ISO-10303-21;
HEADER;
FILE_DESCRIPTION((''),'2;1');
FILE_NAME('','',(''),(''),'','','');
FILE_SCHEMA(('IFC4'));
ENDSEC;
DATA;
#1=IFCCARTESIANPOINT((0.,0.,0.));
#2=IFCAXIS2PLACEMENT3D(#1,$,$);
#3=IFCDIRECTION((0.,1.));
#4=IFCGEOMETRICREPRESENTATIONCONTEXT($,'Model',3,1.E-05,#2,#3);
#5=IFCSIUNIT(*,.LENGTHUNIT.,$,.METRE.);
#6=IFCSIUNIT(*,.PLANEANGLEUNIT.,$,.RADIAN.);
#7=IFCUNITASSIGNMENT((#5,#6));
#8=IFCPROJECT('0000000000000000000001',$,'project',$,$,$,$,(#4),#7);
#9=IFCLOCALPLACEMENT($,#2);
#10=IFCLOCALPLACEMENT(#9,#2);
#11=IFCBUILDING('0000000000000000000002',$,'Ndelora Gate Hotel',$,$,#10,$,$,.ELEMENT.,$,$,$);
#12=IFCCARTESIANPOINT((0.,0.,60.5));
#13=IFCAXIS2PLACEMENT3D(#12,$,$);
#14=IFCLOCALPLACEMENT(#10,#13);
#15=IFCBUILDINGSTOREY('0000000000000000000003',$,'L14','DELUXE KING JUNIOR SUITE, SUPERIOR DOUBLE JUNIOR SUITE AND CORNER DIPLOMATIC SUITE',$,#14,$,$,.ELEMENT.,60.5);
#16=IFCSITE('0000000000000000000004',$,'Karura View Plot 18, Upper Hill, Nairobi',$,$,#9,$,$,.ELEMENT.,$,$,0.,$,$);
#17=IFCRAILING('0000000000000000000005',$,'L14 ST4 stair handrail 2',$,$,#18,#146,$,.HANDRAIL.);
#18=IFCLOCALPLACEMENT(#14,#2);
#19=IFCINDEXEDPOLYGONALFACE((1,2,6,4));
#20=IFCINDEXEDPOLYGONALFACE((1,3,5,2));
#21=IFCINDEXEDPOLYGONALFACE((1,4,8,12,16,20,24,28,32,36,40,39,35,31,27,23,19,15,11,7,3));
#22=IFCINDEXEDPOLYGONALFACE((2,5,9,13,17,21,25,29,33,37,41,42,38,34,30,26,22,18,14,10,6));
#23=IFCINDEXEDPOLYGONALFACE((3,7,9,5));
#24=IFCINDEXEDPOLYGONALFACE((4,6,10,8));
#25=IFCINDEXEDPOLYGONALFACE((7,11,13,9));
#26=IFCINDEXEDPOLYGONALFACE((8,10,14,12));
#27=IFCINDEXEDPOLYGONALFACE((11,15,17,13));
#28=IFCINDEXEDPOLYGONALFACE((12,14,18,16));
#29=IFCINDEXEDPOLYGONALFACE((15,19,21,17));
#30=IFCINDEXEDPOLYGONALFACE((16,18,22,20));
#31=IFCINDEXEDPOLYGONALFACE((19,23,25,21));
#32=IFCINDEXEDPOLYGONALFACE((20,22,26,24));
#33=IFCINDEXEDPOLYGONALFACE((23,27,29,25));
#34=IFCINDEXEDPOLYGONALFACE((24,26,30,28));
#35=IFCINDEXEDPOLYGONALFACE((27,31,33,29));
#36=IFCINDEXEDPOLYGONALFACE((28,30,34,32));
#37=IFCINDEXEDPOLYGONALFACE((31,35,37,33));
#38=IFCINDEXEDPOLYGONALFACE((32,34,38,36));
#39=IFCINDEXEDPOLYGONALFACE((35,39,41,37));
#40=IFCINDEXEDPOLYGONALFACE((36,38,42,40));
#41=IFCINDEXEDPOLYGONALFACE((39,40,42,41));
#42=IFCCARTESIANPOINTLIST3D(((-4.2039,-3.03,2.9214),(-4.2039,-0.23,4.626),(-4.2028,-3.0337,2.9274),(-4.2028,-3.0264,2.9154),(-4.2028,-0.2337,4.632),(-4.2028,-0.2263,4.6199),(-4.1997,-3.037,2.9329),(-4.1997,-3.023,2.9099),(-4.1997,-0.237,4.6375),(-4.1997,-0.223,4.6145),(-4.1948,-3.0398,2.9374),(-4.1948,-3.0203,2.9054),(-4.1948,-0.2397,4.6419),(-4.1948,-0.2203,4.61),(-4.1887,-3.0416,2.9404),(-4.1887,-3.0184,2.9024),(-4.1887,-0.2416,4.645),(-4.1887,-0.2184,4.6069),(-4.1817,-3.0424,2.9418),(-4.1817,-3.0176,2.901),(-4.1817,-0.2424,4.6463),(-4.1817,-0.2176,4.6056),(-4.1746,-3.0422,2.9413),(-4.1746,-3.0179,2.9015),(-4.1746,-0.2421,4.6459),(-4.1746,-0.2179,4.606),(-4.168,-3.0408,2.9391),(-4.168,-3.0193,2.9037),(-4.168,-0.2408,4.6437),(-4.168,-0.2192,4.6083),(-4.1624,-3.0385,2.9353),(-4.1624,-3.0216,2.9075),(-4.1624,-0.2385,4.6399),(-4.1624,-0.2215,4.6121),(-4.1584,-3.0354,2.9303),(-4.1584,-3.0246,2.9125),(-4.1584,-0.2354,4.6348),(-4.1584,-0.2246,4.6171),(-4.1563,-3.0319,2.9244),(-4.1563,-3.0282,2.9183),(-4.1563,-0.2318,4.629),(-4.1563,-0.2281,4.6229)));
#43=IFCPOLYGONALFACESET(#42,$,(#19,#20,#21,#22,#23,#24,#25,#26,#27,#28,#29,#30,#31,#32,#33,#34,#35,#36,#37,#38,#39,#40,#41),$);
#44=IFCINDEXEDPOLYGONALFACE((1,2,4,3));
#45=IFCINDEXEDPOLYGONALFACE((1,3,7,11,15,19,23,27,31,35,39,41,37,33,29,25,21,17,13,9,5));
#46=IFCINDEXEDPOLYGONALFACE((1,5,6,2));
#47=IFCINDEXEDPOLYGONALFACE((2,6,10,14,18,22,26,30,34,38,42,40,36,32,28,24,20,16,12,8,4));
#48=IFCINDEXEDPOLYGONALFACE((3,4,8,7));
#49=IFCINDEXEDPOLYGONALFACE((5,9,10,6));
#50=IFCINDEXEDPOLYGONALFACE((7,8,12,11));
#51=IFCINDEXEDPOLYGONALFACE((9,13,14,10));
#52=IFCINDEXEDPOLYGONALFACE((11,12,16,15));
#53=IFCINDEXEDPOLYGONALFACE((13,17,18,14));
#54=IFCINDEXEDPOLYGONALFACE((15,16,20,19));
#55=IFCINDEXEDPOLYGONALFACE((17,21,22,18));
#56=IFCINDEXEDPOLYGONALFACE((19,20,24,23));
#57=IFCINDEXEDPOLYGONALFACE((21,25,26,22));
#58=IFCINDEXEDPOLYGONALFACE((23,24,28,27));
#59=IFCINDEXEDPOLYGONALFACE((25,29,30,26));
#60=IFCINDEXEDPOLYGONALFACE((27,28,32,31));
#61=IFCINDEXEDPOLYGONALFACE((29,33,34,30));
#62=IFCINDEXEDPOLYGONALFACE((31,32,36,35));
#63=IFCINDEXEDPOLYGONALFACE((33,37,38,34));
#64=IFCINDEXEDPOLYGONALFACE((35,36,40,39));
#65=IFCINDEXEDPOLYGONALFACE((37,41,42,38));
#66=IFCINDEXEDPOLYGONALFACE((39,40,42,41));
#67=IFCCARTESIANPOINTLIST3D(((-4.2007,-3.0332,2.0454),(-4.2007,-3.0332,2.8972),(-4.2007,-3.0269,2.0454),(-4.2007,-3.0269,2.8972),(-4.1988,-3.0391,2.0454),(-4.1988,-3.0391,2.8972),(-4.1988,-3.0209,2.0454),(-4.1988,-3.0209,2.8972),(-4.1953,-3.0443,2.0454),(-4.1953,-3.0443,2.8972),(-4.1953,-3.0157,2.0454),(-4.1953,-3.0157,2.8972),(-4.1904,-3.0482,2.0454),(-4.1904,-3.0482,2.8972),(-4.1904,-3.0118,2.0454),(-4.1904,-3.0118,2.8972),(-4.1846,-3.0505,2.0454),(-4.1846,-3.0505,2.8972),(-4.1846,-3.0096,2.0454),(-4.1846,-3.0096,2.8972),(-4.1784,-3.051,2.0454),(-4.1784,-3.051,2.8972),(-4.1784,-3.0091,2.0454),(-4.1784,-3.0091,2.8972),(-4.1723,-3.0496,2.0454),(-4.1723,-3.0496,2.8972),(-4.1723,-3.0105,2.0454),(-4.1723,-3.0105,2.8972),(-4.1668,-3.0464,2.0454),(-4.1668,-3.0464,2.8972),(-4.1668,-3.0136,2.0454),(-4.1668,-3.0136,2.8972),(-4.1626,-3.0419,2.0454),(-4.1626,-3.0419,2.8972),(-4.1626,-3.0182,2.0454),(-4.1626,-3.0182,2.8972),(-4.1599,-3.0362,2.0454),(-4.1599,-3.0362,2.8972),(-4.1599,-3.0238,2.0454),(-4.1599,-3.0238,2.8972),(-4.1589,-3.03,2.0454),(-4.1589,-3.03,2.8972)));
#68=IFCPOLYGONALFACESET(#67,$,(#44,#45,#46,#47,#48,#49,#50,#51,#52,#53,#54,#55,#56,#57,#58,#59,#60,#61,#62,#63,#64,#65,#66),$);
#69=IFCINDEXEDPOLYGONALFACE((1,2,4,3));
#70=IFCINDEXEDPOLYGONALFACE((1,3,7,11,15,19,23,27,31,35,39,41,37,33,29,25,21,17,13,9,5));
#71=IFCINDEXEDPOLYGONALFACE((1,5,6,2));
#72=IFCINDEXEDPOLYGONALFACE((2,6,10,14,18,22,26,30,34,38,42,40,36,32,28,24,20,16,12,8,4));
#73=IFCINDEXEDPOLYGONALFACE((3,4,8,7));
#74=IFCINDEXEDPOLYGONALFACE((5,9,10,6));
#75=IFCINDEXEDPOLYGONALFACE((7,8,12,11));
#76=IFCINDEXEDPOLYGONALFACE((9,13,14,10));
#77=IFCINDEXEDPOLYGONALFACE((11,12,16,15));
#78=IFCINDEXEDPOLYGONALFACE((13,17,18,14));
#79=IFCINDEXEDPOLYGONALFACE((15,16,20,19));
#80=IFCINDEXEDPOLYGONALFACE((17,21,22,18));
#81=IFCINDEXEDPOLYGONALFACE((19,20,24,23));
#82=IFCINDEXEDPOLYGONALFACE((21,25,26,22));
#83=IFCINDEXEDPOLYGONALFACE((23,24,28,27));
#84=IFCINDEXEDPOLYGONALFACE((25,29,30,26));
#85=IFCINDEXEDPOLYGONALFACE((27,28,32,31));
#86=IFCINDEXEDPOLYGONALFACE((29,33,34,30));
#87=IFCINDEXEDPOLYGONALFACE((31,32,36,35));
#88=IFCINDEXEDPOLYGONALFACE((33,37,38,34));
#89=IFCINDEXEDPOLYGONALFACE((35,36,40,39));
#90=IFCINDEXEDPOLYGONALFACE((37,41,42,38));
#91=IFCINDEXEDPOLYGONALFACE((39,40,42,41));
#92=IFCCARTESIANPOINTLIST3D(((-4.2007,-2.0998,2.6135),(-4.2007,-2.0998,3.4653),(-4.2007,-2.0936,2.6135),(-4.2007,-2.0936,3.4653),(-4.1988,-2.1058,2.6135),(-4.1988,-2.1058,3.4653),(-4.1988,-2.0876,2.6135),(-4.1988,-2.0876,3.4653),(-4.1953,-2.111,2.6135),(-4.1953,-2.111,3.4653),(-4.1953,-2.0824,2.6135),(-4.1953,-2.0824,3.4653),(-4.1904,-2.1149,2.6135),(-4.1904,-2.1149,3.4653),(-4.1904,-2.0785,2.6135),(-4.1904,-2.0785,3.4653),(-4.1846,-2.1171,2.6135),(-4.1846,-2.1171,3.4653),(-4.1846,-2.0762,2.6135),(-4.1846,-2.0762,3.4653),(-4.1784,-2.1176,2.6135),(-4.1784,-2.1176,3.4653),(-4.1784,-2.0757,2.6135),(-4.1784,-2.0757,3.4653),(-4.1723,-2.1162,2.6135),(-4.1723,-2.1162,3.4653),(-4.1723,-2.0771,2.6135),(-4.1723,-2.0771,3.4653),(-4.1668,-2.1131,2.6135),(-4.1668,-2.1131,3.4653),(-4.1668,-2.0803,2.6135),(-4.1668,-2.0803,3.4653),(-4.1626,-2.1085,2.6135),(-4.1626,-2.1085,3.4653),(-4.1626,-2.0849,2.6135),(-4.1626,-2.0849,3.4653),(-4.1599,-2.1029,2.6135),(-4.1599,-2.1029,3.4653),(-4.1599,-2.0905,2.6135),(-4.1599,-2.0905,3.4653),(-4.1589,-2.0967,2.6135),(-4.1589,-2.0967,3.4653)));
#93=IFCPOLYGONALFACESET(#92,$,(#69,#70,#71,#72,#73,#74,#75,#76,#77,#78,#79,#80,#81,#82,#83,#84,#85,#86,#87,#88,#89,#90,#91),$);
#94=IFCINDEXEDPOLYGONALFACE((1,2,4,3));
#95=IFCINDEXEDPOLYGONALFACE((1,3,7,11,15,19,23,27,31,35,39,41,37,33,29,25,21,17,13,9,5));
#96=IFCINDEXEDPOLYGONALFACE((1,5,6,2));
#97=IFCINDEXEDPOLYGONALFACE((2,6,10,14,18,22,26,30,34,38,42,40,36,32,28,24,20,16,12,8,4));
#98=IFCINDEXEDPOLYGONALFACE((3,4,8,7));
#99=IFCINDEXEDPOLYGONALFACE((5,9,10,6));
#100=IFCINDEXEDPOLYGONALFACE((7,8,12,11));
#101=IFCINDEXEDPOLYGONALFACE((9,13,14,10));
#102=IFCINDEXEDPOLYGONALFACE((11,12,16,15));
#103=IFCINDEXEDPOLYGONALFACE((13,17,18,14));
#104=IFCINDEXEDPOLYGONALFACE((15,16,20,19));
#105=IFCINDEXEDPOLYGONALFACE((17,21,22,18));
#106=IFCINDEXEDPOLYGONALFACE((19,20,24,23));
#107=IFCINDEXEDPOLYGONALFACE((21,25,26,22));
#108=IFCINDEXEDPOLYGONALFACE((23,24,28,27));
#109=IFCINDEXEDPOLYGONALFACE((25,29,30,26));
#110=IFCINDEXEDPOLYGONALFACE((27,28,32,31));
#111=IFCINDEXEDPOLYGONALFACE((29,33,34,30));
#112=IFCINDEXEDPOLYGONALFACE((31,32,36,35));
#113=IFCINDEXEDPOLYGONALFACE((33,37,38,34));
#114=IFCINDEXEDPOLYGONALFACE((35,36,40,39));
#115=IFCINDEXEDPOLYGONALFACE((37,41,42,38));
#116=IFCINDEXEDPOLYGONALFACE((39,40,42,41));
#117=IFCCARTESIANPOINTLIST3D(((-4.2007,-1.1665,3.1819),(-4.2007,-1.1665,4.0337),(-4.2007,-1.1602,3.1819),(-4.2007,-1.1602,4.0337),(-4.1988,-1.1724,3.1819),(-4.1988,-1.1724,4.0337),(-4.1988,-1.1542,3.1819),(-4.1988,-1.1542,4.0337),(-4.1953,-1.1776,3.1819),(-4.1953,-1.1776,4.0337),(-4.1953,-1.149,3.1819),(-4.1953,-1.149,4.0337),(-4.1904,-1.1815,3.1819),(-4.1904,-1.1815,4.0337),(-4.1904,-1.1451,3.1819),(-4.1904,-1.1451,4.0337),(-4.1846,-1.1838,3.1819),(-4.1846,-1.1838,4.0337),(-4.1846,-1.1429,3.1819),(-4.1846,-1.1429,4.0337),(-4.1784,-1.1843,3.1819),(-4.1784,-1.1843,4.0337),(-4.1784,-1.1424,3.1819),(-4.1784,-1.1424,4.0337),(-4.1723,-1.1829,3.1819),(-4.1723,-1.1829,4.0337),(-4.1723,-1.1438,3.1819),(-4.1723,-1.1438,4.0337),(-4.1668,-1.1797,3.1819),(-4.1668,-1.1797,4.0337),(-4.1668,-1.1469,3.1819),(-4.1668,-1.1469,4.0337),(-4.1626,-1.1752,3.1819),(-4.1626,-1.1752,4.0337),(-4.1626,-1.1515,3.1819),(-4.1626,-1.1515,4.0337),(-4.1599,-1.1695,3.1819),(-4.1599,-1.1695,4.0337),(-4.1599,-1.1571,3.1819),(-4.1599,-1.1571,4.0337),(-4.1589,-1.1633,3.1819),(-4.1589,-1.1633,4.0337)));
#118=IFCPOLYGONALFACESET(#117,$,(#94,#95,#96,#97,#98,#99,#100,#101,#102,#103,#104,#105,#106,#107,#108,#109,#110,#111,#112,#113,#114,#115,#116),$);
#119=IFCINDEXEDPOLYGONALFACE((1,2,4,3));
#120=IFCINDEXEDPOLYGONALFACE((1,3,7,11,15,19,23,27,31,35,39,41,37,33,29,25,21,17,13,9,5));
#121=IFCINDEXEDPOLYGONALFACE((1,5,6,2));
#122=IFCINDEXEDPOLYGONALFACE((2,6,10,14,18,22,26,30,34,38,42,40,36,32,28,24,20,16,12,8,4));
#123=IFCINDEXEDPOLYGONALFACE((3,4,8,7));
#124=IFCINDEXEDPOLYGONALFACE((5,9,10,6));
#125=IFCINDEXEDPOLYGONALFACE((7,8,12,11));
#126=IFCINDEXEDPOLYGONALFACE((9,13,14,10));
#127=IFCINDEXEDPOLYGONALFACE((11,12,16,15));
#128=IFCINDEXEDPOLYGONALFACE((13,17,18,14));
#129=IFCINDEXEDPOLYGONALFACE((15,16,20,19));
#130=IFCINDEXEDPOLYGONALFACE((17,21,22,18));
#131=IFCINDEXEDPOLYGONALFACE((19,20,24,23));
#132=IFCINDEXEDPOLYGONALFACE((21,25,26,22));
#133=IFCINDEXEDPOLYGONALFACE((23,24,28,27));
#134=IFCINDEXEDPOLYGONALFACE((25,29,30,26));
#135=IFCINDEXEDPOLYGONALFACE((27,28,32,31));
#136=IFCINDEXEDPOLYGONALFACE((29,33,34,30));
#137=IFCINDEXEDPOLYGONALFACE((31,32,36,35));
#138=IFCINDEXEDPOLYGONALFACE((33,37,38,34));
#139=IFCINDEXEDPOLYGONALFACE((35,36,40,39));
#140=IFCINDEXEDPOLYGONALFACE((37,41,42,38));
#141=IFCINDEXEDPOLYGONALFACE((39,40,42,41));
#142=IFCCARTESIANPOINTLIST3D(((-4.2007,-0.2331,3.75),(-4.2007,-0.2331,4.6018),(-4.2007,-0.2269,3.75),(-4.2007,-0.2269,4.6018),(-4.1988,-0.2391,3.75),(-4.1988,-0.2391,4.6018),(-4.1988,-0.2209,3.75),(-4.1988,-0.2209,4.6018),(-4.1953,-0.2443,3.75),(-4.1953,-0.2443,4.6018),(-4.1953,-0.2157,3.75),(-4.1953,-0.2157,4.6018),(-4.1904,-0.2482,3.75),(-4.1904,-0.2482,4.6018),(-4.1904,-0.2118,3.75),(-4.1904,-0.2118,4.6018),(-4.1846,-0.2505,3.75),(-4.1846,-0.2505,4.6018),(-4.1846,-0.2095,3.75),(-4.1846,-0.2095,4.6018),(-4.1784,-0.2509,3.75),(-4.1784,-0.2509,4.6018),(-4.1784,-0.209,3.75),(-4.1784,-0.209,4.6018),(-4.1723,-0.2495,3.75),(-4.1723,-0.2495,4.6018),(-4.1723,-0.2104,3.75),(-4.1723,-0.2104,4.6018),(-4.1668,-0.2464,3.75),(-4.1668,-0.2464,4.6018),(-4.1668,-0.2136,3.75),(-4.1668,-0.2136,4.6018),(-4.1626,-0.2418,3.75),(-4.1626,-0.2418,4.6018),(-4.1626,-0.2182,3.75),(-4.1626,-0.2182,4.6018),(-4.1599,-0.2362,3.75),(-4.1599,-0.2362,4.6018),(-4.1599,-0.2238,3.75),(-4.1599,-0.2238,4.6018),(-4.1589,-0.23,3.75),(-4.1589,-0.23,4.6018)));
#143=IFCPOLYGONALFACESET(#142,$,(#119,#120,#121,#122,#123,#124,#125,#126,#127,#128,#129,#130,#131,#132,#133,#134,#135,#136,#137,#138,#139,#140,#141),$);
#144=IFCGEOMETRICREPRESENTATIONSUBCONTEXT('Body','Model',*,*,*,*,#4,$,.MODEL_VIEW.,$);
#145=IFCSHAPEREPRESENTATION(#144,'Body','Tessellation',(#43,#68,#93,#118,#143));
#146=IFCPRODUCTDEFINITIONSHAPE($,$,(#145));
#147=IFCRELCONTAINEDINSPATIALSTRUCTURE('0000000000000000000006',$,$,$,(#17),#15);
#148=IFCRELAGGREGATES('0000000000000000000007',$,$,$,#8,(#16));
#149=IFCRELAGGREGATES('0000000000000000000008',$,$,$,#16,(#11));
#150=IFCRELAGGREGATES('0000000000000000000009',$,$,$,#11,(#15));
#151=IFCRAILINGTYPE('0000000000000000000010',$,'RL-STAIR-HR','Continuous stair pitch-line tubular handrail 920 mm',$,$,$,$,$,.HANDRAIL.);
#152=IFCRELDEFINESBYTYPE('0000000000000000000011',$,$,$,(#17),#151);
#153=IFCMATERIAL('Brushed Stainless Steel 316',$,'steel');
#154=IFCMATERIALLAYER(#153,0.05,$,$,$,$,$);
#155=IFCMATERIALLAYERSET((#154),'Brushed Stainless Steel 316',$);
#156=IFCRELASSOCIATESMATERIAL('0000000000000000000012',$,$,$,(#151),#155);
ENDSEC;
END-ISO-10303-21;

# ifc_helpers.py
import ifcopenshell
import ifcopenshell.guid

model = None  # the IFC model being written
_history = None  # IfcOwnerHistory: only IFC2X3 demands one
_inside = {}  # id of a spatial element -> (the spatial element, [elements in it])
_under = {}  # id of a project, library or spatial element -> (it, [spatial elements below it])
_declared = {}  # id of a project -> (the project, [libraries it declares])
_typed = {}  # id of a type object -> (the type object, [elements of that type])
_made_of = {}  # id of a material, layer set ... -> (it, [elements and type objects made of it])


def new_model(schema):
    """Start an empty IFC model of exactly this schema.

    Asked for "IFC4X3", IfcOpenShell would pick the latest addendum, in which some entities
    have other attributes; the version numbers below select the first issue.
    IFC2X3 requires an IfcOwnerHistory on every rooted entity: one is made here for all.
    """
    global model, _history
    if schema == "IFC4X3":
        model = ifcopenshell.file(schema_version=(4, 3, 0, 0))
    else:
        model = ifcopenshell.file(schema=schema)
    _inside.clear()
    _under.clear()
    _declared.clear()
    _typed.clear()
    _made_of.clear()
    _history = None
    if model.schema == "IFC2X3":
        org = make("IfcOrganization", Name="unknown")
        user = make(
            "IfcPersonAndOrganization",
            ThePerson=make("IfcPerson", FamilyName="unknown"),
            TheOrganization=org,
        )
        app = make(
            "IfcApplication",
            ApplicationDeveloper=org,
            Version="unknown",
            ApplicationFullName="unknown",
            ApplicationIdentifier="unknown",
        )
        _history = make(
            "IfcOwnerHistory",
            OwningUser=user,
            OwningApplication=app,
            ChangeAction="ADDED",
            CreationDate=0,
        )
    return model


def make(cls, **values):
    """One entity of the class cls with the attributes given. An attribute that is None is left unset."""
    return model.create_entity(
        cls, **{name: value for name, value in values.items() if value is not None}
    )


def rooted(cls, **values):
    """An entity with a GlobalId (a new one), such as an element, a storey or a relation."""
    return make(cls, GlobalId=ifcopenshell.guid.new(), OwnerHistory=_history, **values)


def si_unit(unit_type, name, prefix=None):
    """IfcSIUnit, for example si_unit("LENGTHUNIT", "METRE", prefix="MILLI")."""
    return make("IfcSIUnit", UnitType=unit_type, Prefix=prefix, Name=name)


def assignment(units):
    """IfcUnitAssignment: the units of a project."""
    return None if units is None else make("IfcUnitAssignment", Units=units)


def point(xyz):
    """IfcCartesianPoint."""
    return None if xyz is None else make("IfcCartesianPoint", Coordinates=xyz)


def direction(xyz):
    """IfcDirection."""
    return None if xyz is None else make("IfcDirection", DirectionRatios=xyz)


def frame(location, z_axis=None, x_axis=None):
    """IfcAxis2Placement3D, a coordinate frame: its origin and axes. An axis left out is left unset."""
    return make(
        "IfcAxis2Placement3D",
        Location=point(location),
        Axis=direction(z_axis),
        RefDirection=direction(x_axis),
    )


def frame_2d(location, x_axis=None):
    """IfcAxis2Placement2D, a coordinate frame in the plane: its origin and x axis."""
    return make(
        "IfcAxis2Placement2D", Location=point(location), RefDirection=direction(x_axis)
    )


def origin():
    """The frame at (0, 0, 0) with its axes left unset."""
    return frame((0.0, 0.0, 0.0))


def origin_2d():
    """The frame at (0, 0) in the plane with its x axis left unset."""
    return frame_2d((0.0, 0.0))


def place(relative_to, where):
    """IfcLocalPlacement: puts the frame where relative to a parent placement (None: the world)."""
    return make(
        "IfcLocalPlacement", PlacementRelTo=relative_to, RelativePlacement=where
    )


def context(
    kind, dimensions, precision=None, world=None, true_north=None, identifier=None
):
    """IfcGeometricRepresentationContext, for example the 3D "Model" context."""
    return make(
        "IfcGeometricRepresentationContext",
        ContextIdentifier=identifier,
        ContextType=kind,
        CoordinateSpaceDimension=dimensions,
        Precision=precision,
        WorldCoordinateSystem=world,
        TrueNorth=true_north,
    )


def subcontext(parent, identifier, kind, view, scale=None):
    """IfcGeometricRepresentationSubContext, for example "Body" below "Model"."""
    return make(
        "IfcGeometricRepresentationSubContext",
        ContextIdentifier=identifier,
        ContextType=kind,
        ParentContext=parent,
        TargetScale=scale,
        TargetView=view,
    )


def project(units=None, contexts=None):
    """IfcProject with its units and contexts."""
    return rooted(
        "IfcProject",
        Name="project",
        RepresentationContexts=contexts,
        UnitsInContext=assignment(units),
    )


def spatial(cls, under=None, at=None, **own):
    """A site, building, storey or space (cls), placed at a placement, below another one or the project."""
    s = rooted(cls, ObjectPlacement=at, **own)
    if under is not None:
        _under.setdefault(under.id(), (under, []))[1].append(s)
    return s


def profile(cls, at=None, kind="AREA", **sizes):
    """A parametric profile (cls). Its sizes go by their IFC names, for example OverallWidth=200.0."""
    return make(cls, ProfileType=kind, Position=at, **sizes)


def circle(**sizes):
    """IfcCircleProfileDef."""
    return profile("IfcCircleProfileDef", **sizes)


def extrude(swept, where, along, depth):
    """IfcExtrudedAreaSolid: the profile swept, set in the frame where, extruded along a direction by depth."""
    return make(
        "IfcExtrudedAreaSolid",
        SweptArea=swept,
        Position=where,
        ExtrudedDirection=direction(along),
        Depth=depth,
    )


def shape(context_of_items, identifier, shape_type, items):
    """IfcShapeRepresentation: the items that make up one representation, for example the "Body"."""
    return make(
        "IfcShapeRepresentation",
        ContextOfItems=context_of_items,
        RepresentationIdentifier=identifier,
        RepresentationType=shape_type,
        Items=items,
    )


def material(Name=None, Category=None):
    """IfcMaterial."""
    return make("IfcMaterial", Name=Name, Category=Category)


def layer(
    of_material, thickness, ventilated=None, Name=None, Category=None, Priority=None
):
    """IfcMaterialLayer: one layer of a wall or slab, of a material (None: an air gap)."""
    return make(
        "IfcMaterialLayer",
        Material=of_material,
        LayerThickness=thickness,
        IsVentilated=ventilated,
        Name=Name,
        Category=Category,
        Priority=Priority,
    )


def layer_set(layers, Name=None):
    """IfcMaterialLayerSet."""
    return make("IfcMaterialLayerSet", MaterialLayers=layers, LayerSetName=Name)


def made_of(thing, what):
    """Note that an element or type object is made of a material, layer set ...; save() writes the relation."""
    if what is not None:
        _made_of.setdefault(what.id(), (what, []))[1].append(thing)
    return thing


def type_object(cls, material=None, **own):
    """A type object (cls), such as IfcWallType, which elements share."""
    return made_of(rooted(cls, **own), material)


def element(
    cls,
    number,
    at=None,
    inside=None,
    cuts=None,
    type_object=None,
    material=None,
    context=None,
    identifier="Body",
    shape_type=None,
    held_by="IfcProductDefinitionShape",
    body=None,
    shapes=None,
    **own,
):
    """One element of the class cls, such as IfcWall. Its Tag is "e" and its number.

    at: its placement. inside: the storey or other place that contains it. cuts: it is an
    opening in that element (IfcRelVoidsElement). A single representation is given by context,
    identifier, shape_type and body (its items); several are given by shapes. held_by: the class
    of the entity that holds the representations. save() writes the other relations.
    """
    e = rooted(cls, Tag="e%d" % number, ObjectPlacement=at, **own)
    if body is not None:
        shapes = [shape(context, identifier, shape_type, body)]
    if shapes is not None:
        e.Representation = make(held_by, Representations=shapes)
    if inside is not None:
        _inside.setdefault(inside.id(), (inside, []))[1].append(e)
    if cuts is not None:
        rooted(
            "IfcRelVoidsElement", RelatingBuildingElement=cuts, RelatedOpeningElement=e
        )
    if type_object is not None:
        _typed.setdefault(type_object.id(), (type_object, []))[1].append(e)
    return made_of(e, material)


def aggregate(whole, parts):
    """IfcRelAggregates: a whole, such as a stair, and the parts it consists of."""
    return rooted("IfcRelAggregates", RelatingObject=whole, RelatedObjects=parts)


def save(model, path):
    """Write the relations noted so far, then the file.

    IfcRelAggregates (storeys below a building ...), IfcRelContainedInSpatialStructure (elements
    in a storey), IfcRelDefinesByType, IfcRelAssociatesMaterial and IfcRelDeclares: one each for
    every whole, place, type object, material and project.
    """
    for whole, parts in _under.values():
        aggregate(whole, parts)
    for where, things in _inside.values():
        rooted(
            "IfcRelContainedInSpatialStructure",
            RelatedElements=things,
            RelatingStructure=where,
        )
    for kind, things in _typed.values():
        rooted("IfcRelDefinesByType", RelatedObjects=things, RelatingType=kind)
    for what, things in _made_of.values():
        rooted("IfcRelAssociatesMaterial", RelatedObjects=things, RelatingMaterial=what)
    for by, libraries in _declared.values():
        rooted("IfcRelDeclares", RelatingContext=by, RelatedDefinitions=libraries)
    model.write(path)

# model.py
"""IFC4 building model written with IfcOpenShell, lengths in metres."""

from ifc_helpers import new_model, si_unit, direction, frame, origin, origin_2d, place, context, subcontext, project, spatial, circle, extrude, material, layer, layer_set, type_object, element, save


model = new_model("IFC4")

# Units and contexts
model_context = context("Model", 3, precision=1e-05, world=origin(), true_north=direction((0.0, 1.0)))
body_context = subcontext(model_context, "Body", "Model", "MODEL_VIEW")
ifc_project = project(units=[si_unit("LENGTHUNIT", "METRE"), si_unit("PLANEANGLEUNIT", "RADIAN")], contexts=[model_context])

# Site, building, storey
site_placement = place(None, origin())
site = spatial("IfcSite", under=ifc_project, at=site_placement, Name="Karura View Plot 18, Upper Hill, Nairobi", CompositionType="ELEMENT", RefElevation=0.0)
building_placement = place(site_placement, origin())
building = spatial("IfcBuilding", under=site, at=building_placement, Name="Ndelora Gate Hotel", CompositionType="ELEMENT")
storey_placement = place(building_placement, frame((0.0, 0.0, 60.5)))
storey = spatial("IfcBuildingStorey", under=building, at=storey_placement, Name="L14", Description="DELUXE KING JUNIOR SUITE, SUPERIOR DOUBLE JUNIOR SUITE AND CORNER DIPLOMATIC SUITE", CompositionType="ELEMENT", Elevation=60.5)

# Railing
ifc_material_1 = material(Name="Brushed Stainless Steel 316", Category="steel")
ifc_layer_1 = layer(ifc_material_1, 0.05)
ifc_layer_set_1 = layer_set([ifc_layer_1], Name="Brushed Stainless Steel 316")
railing_type_1 = type_object("IfcRailingType", Name="RL-STAIR-HR", Description="Continuous stair pitch-line tubular handrail 920 mm", PredefinedType="HANDRAIL", material=ifc_layer_set_1)
railing_1_placement = place(storey_placement, frame((-4.1799, -3.03, 2.0454)))
element("IfcRailing", 1, at=railing_1_placement, inside=storey, type_object=railing_type_1, Name="L14 ST4 stair handrail 2", PredefinedType="HANDRAIL", context=body_context, shape_type="SweptSolid", body=[
    extrude(circle(Radius=0.0239, at=origin_2d()), frame((0.0, 0.0, 0.876), z_axis=(0.0, 0.85417, 0.519994), x_axis=(-1.0, 0.0, 0.0)), (0.0, 0.0, 1.0), 3.2781),
    extrude(circle(Radius=0.021, at=origin_2d()), origin(), (0.0, 0.0, 1.0), 0.8518),
    extrude(circle(Radius=0.021, at=origin_2d()), frame((0.0, 0.9333, 0.5681)), (0.0, 0.0, 1.0), 0.8518),
    extrude(circle(Radius=0.021, at=origin_2d()), frame((0.0, 1.8667, 1.1365)), (0.0, 0.0, 1.0), 0.8518),
    extrude(circle(Radius=0.021, at=origin_2d()), frame((0.0, 2.8, 1.7046)), (0.0, 0.0, 1.0), 0.8518),
])

save(model, "model.ifc")
